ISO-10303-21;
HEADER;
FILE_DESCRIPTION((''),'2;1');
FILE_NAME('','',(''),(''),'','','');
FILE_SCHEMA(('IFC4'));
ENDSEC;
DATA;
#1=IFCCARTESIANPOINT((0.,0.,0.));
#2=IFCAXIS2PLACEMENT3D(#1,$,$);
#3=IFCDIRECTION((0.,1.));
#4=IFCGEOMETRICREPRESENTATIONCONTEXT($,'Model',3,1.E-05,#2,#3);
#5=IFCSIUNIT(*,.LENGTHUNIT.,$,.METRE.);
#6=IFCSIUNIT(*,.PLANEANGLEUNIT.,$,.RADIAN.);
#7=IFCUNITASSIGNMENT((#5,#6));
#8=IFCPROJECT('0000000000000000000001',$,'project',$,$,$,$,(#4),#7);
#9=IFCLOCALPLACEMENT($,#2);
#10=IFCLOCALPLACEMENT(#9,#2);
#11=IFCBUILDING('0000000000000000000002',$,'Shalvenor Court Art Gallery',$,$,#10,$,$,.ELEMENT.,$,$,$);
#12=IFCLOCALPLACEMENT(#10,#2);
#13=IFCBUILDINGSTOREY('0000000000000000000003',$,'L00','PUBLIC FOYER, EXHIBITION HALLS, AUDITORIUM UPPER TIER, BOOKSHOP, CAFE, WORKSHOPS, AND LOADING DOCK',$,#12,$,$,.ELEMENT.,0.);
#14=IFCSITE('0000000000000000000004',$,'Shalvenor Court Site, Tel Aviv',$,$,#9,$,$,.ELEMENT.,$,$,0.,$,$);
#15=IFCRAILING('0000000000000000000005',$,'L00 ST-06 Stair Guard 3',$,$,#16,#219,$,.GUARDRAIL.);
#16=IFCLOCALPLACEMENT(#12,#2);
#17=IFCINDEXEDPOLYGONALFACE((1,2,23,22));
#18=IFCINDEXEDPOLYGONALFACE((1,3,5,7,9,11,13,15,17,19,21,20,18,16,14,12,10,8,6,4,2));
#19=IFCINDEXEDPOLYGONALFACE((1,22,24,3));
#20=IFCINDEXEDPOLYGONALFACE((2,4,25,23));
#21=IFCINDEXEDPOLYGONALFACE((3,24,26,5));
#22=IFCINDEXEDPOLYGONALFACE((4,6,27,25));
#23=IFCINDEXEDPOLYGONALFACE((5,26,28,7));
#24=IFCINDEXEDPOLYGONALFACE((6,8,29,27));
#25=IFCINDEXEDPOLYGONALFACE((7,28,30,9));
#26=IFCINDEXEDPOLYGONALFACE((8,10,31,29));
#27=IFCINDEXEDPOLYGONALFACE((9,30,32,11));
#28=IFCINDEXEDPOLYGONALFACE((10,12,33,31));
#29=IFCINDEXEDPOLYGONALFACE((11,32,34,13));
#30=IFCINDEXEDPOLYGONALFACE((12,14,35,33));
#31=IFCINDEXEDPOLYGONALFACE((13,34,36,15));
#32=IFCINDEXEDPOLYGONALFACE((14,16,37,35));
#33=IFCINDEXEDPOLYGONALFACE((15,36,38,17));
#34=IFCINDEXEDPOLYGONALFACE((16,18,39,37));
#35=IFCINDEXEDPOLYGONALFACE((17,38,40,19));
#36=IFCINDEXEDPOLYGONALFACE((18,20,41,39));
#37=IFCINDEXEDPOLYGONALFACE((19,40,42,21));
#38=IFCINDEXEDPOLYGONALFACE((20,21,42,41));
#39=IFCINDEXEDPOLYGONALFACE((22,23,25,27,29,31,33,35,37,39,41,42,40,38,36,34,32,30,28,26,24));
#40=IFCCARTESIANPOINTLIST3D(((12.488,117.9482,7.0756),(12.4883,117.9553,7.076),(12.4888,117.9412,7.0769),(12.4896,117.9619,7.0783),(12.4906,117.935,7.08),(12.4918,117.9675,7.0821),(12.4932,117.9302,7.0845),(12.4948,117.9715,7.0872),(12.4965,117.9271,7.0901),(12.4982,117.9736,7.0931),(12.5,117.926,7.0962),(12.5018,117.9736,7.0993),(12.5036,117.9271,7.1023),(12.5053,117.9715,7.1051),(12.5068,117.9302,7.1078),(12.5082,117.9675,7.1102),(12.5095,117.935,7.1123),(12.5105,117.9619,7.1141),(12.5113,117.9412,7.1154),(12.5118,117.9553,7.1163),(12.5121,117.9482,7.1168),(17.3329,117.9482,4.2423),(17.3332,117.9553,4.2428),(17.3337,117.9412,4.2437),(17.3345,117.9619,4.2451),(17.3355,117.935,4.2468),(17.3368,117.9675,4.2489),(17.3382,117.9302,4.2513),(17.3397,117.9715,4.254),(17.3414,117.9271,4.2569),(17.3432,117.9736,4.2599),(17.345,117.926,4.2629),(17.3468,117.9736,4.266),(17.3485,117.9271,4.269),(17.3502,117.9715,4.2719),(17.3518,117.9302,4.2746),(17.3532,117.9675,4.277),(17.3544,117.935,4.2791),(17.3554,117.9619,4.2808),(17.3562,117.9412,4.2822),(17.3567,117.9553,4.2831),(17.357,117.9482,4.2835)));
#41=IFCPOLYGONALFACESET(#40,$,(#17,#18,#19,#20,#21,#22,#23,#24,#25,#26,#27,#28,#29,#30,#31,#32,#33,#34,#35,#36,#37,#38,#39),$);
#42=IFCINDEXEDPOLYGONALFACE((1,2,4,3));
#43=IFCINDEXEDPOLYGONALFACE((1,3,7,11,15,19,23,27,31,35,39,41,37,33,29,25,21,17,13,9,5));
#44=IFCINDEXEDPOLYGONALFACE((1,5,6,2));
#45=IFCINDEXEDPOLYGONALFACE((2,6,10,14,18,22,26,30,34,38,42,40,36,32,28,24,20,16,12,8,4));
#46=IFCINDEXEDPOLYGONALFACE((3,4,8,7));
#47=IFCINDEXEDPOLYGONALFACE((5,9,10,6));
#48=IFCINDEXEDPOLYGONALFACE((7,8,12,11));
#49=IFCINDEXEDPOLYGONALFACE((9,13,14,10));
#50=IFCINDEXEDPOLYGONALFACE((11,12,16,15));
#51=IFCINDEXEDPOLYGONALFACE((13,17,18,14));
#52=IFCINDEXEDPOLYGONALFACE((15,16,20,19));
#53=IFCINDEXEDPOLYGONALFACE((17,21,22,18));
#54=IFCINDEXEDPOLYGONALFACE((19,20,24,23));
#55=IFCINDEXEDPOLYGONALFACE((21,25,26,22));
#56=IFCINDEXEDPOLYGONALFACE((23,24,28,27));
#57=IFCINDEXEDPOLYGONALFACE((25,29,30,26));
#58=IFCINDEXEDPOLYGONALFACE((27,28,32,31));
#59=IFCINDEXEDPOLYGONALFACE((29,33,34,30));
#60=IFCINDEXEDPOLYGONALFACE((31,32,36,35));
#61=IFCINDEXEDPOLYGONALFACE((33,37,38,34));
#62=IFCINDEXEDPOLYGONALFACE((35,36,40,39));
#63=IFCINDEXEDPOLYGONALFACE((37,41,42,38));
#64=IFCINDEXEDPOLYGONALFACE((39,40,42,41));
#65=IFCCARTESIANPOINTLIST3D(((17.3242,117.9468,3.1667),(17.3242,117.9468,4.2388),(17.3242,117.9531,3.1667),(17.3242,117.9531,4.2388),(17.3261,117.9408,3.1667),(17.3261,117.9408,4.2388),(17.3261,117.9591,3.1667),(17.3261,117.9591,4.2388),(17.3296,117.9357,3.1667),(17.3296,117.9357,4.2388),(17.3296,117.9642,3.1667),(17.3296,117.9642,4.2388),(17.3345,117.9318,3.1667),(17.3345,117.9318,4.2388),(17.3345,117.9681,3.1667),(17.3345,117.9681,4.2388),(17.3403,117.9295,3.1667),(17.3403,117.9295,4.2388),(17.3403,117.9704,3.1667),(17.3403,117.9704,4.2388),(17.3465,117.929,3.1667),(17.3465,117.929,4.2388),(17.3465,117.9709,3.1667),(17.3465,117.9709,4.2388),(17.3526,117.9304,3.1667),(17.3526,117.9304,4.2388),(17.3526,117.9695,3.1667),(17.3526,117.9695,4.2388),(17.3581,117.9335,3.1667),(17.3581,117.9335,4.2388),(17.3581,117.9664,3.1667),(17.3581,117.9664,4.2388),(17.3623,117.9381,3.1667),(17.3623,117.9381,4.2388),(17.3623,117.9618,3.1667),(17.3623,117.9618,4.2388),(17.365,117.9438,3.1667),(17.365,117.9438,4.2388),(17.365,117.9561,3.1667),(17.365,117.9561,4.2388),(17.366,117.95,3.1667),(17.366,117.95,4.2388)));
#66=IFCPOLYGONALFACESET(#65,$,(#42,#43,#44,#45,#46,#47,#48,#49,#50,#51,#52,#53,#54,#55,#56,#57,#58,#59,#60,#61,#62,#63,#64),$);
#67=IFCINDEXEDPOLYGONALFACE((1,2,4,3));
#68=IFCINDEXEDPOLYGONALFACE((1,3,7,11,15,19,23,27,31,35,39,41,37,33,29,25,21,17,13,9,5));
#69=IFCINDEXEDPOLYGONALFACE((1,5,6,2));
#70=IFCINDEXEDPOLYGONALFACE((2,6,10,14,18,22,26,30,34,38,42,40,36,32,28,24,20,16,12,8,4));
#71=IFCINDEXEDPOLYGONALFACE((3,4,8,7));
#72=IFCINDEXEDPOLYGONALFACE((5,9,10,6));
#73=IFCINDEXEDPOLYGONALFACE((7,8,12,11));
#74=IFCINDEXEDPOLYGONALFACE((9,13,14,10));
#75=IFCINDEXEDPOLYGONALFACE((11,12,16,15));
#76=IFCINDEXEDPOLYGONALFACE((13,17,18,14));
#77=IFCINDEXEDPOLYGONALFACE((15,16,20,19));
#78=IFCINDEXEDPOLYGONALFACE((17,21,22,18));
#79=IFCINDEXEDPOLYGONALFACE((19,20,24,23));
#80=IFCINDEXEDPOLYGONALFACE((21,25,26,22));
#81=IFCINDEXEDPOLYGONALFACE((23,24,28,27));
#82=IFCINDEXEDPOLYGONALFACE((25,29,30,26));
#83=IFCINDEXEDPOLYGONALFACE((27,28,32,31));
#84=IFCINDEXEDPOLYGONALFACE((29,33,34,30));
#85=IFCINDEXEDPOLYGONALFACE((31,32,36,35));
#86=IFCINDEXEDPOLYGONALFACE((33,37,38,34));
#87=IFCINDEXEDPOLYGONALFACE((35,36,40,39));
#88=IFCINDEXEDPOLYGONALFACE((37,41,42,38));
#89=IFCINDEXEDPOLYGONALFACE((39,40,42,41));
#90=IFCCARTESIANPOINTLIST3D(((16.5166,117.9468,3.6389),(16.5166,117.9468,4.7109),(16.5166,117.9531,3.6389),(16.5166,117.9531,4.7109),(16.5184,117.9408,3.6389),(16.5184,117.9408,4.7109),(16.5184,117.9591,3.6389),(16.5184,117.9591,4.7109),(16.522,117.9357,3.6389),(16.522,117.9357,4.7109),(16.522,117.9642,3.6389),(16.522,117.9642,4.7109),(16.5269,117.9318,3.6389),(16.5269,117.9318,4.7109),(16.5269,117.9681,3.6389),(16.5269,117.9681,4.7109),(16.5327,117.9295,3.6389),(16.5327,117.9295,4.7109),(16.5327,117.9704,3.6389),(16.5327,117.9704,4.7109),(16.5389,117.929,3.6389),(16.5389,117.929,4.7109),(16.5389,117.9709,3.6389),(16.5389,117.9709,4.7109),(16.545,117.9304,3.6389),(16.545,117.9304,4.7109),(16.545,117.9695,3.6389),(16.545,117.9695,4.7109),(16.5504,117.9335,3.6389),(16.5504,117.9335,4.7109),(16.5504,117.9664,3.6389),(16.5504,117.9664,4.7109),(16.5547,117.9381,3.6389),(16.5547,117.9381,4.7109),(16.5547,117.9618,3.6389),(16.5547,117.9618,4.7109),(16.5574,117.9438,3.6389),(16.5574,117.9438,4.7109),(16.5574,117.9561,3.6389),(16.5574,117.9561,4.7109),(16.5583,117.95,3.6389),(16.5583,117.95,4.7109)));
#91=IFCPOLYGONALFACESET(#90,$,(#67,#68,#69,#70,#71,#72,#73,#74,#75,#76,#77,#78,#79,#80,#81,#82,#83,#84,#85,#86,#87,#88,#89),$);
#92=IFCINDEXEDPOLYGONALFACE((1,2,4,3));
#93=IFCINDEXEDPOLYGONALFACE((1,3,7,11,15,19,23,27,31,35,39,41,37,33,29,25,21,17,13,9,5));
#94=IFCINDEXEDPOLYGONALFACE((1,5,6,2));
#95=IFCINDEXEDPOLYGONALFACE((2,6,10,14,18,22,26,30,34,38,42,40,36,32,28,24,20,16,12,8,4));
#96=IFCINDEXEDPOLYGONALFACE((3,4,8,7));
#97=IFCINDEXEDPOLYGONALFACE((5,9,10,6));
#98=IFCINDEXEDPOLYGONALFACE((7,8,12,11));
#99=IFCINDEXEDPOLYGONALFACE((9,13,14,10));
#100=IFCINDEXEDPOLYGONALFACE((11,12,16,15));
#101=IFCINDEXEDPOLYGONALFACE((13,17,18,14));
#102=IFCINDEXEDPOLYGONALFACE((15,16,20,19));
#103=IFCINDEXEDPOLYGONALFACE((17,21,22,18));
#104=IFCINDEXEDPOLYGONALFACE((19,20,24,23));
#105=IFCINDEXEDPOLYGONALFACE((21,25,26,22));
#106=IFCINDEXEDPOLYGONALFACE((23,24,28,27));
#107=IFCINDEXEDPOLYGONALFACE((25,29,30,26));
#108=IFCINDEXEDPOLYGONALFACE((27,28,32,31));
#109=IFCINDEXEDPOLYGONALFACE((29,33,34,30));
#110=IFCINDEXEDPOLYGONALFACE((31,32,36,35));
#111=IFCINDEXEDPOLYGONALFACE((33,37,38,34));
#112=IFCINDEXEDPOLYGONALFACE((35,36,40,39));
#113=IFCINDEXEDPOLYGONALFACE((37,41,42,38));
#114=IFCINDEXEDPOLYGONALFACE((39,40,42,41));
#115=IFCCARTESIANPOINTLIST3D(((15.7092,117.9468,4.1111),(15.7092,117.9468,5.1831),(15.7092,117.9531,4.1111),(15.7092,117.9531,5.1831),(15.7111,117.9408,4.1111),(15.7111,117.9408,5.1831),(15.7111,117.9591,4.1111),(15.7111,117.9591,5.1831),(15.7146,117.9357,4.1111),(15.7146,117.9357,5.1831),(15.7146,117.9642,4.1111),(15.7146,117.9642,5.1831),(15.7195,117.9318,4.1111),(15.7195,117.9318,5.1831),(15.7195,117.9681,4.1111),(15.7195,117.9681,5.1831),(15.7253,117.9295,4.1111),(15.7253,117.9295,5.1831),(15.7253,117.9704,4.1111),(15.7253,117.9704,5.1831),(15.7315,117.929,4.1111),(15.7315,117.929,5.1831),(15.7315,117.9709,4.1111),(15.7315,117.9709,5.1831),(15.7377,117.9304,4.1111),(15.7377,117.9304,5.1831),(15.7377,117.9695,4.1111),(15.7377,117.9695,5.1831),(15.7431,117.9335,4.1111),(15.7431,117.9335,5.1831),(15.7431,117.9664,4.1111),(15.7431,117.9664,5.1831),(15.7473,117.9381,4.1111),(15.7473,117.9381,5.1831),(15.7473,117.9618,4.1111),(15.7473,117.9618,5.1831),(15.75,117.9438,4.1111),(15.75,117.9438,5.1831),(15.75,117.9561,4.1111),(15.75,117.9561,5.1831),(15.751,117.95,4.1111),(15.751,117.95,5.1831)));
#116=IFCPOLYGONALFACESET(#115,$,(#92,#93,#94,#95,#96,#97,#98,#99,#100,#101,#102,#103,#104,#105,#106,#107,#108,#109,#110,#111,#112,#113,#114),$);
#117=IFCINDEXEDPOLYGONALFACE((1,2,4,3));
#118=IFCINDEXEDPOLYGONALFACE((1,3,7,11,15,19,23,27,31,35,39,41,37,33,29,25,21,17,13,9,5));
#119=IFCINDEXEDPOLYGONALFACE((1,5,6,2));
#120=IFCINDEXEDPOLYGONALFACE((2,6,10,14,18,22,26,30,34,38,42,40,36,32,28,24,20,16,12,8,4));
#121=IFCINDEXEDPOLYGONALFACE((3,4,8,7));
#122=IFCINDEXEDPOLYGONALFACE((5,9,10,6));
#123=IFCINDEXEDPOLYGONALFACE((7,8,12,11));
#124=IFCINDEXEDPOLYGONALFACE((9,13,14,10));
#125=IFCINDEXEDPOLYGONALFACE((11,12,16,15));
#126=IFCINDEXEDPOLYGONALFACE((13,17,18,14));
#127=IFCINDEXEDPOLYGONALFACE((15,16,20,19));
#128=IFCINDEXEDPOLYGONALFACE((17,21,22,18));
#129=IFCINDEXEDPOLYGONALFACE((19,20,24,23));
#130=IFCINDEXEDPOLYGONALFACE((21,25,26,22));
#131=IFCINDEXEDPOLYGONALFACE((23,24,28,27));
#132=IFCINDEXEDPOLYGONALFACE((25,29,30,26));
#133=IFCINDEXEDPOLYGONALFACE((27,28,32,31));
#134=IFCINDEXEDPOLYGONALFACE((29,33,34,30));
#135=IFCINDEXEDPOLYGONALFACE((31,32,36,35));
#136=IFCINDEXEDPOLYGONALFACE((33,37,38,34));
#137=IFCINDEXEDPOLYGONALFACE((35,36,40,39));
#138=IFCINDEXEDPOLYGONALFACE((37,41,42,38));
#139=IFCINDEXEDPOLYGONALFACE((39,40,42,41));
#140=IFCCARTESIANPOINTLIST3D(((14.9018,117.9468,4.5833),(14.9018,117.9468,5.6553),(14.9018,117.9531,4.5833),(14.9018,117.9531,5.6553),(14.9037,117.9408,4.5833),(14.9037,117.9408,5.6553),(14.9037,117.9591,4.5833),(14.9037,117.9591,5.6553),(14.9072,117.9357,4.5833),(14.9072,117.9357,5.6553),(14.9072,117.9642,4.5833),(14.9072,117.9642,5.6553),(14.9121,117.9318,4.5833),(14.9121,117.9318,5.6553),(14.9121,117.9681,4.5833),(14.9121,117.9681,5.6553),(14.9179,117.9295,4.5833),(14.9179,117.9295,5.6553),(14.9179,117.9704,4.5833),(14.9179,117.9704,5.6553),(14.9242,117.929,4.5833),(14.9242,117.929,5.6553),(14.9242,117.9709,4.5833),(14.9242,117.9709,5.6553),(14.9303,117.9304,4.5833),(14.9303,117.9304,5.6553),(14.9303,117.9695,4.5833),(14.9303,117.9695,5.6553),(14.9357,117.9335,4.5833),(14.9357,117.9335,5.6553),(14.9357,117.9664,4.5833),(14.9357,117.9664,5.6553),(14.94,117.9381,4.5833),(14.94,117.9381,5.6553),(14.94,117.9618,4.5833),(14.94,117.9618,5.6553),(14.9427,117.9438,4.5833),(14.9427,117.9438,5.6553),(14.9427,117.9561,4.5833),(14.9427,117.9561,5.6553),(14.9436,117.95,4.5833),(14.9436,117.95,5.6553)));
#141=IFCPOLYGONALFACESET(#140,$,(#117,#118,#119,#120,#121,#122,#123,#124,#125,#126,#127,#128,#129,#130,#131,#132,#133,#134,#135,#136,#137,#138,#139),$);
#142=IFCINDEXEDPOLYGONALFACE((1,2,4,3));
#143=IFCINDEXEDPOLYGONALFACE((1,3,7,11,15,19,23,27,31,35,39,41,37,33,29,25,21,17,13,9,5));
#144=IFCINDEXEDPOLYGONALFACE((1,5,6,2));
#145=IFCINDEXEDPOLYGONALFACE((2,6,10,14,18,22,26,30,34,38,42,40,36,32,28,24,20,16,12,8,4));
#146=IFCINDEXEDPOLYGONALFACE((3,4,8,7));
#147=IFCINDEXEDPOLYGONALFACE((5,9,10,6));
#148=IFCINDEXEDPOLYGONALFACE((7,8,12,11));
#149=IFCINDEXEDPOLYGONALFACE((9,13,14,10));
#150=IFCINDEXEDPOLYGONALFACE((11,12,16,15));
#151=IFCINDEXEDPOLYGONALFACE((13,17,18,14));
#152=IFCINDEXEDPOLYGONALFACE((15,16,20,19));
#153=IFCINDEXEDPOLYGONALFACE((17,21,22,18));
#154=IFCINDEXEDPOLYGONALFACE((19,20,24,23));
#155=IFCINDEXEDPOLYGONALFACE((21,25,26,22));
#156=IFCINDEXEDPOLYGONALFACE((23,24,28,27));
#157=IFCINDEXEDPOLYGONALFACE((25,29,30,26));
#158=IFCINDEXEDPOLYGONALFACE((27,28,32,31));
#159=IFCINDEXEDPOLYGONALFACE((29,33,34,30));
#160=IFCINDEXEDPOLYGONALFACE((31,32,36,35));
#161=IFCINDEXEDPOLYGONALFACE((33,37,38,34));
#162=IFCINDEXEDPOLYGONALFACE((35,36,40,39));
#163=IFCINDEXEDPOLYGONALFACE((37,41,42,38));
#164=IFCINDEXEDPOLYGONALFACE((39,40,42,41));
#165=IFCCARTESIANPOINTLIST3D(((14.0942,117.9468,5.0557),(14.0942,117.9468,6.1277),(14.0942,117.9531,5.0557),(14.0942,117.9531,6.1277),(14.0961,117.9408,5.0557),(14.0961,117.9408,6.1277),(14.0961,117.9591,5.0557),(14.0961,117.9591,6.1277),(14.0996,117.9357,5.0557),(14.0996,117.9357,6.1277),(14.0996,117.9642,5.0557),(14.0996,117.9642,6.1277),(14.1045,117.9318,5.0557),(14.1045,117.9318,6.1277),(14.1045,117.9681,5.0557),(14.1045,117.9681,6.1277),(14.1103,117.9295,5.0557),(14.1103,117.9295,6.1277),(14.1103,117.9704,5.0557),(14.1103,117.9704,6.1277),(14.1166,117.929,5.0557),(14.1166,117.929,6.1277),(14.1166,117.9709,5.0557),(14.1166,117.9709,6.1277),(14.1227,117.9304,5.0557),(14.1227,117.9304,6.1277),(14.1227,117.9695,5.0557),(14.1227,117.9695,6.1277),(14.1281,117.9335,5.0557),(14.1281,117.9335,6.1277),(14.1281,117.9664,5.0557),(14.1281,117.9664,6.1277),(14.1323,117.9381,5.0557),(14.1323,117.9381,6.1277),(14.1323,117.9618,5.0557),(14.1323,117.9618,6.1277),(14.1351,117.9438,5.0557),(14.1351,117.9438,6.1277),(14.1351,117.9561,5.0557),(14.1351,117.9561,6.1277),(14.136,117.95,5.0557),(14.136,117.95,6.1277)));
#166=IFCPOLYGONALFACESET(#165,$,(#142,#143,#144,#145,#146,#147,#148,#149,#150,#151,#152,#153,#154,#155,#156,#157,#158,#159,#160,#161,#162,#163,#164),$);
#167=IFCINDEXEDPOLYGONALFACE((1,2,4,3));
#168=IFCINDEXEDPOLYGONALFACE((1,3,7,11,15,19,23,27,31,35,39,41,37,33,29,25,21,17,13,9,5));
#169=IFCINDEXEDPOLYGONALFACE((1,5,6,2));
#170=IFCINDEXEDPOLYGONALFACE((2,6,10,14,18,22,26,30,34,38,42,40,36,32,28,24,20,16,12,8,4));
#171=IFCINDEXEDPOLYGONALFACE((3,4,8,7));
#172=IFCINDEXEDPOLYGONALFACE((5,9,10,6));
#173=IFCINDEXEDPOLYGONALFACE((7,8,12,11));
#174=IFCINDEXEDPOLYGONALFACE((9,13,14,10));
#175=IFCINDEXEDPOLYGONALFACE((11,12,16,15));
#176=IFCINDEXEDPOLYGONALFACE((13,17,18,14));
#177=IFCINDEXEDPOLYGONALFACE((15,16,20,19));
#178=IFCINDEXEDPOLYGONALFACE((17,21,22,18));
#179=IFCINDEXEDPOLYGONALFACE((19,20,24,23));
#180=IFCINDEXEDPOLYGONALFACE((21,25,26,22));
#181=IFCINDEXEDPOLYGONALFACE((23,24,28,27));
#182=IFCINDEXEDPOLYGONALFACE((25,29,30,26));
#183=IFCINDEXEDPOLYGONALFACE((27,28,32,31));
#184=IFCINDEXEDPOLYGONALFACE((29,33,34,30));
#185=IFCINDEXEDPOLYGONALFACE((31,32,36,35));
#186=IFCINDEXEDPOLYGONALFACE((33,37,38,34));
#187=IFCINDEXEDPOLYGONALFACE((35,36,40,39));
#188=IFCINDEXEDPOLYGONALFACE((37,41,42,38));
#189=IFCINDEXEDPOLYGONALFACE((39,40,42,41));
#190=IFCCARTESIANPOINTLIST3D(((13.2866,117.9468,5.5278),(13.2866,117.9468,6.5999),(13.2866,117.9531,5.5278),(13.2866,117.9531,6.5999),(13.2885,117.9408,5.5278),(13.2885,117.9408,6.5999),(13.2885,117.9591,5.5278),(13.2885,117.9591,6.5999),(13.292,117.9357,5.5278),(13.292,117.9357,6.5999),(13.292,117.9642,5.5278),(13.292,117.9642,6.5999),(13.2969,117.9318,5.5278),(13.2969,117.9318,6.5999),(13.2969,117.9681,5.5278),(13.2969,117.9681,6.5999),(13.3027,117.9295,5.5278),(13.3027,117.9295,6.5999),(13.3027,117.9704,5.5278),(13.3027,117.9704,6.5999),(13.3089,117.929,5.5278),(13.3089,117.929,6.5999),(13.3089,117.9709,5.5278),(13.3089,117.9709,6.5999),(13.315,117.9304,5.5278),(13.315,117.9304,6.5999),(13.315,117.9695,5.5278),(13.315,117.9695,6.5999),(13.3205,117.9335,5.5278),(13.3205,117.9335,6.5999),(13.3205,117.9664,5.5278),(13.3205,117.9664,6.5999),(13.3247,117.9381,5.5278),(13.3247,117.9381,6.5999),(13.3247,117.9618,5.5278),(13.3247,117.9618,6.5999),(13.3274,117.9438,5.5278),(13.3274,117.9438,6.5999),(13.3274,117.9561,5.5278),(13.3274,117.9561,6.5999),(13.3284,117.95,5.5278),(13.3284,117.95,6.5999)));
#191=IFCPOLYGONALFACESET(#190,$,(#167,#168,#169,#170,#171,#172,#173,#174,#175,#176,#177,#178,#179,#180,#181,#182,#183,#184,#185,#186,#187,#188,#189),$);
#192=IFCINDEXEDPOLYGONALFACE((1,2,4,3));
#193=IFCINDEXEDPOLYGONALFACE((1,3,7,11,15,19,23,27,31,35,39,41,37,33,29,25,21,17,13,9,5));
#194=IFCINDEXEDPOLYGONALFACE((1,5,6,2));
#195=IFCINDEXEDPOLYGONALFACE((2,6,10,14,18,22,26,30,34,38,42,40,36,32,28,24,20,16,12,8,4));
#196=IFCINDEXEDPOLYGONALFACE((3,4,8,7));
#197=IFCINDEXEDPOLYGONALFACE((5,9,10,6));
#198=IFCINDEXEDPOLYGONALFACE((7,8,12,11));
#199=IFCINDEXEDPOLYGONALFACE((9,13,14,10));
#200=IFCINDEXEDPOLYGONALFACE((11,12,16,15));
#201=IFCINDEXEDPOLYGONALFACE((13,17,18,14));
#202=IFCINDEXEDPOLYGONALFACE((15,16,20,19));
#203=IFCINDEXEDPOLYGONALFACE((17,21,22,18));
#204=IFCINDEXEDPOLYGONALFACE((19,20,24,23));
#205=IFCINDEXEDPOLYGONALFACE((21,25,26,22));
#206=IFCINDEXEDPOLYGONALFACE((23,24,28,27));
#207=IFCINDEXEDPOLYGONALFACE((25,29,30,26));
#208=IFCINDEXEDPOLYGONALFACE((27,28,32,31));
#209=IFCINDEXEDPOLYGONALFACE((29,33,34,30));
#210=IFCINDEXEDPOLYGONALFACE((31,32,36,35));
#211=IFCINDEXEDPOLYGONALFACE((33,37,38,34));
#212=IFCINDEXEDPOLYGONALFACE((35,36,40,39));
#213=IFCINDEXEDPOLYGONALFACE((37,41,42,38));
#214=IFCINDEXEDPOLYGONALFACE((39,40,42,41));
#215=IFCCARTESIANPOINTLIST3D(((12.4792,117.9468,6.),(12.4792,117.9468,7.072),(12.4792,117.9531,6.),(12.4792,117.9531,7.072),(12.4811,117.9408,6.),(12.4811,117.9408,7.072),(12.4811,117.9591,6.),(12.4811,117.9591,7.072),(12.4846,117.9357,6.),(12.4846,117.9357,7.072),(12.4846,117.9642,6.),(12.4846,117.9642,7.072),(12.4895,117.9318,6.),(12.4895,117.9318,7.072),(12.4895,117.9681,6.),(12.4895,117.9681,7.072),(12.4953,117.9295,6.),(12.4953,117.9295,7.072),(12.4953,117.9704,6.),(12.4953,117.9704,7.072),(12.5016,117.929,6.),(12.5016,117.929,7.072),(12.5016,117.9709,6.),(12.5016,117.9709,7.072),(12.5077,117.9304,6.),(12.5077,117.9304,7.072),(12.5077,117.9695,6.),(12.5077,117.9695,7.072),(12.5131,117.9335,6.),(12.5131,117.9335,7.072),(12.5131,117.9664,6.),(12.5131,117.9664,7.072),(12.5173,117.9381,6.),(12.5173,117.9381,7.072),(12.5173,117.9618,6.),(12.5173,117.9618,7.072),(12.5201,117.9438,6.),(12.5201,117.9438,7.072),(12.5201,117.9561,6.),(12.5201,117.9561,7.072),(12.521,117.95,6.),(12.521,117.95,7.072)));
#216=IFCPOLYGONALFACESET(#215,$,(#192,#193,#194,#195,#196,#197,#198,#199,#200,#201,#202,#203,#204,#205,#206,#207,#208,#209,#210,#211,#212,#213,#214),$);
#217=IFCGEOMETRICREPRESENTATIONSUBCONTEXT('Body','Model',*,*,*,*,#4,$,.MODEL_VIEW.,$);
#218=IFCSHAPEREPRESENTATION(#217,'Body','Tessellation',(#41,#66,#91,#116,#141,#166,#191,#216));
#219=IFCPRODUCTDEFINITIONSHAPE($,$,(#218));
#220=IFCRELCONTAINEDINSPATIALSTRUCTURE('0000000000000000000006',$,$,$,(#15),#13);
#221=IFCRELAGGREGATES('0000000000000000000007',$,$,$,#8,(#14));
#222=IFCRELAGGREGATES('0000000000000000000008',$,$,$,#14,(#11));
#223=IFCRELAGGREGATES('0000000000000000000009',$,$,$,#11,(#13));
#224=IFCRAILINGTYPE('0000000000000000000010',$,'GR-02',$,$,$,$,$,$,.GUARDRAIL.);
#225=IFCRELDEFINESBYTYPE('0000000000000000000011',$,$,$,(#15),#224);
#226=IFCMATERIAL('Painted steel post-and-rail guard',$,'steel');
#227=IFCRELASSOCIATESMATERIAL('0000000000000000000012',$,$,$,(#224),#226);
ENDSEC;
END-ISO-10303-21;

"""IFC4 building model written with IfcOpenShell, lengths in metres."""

from ifc_helpers import new_model, si_unit, direction, frame, origin, origin_2d, place, context, subcontext, project, spatial, circle, extrude, material, type_object, element, save


model = new_model("IFC4")

# Units and contexts
model_context = context("Model", 3, precision=1e-05, world=origin(), true_north=direction((0.0, 1.0)))
body_context = subcontext(model_context, "Body", "Model", "MODEL_VIEW")
ifc_project = project(units=[si_unit("LENGTHUNIT", "METRE"), si_unit("PLANEANGLEUNIT", "RADIAN")], contexts=[model_context])

# Site, building, storey
site_placement = place(None, origin())
site = spatial("IfcSite", under=ifc_project, at=site_placement, Name="Shalvenor Court Site, Tel Aviv", CompositionType="ELEMENT", RefElevation=0.0)
building_placement = place(site_placement, origin())
building = spatial("IfcBuilding", under=site, at=building_placement, Name="Shalvenor Court Art Gallery", CompositionType="ELEMENT")
storey_placement = place(building_placement, origin())
storey = spatial("IfcBuildingStorey", under=building, at=storey_placement, Name="L00", Description="PUBLIC FOYER, EXHIBITION HALLS, AUDITORIUM UPPER TIER, BOOKSHOP, CAFE, WORKSHOPS, AND LOADING DOCK", CompositionType="ELEMENT", Elevation=0.0)

# Railing
ifc_material_1 = material(Name="Painted steel post-and-rail guard", Category="steel")
railing_type_1 = type_object("IfcRailingType", Name="GR-02", PredefinedType="GUARDRAIL", material=ifc_material_1)
railing_1_placement = place(storey_placement, frame((17.345, 117.95, 3.1667)))
element("IfcRailing", 1, at=railing_1_placement, inside=storey, type_object=railing_type_1, Name="L00 ST-06 Stair Guard 3", PredefinedType="GUARDRAIL", context=body_context, shape_type="SweptSolid", body=[
    extrude(circle(Radius=0.0239, at=origin_2d()), frame((0.0, 0.0, 1.0962), z_axis=(-0.863234, 0.0, 0.504804), x_axis=(0.0, -1.0, 0.0)), (0.0, 0.0, 1.0), 5.6125),
    extrude(circle(Radius=0.021, at=origin_2d()), origin(), (0.0, 0.0, 1.0), 1.072),
    extrude(circle(Radius=0.021, at=origin_2d()), frame((-0.8076, 0.0, 0.4722)), (0.0, 0.0, 1.0), 1.072),
    extrude(circle(Radius=0.021, at=origin_2d()), frame((-1.615, 0.0, 0.9443)), (0.0, 0.0, 1.0), 1.072),
    extrude(circle(Radius=0.021, at=origin_2d()), frame((-2.4224, 0.0, 1.4165)), (0.0, 0.0, 1.0), 1.072),
    extrude(circle(Radius=0.021, at=origin_2d()), frame((-3.23, 0.0, 1.8889)), (0.0, 0.0, 1.0), 1.072),
    extrude(circle(Radius=0.021, at=origin_2d()), frame((-4.0376, 0.0, 2.3611)), (0.0, 0.0, 1.0), 1.072),
    extrude(circle(Radius=0.021, at=origin_2d()), frame((-4.845, 0.0, 2.8333)), (0.0, 0.0, 1.0), 1.072),
])

save(model, "model.ifc")
